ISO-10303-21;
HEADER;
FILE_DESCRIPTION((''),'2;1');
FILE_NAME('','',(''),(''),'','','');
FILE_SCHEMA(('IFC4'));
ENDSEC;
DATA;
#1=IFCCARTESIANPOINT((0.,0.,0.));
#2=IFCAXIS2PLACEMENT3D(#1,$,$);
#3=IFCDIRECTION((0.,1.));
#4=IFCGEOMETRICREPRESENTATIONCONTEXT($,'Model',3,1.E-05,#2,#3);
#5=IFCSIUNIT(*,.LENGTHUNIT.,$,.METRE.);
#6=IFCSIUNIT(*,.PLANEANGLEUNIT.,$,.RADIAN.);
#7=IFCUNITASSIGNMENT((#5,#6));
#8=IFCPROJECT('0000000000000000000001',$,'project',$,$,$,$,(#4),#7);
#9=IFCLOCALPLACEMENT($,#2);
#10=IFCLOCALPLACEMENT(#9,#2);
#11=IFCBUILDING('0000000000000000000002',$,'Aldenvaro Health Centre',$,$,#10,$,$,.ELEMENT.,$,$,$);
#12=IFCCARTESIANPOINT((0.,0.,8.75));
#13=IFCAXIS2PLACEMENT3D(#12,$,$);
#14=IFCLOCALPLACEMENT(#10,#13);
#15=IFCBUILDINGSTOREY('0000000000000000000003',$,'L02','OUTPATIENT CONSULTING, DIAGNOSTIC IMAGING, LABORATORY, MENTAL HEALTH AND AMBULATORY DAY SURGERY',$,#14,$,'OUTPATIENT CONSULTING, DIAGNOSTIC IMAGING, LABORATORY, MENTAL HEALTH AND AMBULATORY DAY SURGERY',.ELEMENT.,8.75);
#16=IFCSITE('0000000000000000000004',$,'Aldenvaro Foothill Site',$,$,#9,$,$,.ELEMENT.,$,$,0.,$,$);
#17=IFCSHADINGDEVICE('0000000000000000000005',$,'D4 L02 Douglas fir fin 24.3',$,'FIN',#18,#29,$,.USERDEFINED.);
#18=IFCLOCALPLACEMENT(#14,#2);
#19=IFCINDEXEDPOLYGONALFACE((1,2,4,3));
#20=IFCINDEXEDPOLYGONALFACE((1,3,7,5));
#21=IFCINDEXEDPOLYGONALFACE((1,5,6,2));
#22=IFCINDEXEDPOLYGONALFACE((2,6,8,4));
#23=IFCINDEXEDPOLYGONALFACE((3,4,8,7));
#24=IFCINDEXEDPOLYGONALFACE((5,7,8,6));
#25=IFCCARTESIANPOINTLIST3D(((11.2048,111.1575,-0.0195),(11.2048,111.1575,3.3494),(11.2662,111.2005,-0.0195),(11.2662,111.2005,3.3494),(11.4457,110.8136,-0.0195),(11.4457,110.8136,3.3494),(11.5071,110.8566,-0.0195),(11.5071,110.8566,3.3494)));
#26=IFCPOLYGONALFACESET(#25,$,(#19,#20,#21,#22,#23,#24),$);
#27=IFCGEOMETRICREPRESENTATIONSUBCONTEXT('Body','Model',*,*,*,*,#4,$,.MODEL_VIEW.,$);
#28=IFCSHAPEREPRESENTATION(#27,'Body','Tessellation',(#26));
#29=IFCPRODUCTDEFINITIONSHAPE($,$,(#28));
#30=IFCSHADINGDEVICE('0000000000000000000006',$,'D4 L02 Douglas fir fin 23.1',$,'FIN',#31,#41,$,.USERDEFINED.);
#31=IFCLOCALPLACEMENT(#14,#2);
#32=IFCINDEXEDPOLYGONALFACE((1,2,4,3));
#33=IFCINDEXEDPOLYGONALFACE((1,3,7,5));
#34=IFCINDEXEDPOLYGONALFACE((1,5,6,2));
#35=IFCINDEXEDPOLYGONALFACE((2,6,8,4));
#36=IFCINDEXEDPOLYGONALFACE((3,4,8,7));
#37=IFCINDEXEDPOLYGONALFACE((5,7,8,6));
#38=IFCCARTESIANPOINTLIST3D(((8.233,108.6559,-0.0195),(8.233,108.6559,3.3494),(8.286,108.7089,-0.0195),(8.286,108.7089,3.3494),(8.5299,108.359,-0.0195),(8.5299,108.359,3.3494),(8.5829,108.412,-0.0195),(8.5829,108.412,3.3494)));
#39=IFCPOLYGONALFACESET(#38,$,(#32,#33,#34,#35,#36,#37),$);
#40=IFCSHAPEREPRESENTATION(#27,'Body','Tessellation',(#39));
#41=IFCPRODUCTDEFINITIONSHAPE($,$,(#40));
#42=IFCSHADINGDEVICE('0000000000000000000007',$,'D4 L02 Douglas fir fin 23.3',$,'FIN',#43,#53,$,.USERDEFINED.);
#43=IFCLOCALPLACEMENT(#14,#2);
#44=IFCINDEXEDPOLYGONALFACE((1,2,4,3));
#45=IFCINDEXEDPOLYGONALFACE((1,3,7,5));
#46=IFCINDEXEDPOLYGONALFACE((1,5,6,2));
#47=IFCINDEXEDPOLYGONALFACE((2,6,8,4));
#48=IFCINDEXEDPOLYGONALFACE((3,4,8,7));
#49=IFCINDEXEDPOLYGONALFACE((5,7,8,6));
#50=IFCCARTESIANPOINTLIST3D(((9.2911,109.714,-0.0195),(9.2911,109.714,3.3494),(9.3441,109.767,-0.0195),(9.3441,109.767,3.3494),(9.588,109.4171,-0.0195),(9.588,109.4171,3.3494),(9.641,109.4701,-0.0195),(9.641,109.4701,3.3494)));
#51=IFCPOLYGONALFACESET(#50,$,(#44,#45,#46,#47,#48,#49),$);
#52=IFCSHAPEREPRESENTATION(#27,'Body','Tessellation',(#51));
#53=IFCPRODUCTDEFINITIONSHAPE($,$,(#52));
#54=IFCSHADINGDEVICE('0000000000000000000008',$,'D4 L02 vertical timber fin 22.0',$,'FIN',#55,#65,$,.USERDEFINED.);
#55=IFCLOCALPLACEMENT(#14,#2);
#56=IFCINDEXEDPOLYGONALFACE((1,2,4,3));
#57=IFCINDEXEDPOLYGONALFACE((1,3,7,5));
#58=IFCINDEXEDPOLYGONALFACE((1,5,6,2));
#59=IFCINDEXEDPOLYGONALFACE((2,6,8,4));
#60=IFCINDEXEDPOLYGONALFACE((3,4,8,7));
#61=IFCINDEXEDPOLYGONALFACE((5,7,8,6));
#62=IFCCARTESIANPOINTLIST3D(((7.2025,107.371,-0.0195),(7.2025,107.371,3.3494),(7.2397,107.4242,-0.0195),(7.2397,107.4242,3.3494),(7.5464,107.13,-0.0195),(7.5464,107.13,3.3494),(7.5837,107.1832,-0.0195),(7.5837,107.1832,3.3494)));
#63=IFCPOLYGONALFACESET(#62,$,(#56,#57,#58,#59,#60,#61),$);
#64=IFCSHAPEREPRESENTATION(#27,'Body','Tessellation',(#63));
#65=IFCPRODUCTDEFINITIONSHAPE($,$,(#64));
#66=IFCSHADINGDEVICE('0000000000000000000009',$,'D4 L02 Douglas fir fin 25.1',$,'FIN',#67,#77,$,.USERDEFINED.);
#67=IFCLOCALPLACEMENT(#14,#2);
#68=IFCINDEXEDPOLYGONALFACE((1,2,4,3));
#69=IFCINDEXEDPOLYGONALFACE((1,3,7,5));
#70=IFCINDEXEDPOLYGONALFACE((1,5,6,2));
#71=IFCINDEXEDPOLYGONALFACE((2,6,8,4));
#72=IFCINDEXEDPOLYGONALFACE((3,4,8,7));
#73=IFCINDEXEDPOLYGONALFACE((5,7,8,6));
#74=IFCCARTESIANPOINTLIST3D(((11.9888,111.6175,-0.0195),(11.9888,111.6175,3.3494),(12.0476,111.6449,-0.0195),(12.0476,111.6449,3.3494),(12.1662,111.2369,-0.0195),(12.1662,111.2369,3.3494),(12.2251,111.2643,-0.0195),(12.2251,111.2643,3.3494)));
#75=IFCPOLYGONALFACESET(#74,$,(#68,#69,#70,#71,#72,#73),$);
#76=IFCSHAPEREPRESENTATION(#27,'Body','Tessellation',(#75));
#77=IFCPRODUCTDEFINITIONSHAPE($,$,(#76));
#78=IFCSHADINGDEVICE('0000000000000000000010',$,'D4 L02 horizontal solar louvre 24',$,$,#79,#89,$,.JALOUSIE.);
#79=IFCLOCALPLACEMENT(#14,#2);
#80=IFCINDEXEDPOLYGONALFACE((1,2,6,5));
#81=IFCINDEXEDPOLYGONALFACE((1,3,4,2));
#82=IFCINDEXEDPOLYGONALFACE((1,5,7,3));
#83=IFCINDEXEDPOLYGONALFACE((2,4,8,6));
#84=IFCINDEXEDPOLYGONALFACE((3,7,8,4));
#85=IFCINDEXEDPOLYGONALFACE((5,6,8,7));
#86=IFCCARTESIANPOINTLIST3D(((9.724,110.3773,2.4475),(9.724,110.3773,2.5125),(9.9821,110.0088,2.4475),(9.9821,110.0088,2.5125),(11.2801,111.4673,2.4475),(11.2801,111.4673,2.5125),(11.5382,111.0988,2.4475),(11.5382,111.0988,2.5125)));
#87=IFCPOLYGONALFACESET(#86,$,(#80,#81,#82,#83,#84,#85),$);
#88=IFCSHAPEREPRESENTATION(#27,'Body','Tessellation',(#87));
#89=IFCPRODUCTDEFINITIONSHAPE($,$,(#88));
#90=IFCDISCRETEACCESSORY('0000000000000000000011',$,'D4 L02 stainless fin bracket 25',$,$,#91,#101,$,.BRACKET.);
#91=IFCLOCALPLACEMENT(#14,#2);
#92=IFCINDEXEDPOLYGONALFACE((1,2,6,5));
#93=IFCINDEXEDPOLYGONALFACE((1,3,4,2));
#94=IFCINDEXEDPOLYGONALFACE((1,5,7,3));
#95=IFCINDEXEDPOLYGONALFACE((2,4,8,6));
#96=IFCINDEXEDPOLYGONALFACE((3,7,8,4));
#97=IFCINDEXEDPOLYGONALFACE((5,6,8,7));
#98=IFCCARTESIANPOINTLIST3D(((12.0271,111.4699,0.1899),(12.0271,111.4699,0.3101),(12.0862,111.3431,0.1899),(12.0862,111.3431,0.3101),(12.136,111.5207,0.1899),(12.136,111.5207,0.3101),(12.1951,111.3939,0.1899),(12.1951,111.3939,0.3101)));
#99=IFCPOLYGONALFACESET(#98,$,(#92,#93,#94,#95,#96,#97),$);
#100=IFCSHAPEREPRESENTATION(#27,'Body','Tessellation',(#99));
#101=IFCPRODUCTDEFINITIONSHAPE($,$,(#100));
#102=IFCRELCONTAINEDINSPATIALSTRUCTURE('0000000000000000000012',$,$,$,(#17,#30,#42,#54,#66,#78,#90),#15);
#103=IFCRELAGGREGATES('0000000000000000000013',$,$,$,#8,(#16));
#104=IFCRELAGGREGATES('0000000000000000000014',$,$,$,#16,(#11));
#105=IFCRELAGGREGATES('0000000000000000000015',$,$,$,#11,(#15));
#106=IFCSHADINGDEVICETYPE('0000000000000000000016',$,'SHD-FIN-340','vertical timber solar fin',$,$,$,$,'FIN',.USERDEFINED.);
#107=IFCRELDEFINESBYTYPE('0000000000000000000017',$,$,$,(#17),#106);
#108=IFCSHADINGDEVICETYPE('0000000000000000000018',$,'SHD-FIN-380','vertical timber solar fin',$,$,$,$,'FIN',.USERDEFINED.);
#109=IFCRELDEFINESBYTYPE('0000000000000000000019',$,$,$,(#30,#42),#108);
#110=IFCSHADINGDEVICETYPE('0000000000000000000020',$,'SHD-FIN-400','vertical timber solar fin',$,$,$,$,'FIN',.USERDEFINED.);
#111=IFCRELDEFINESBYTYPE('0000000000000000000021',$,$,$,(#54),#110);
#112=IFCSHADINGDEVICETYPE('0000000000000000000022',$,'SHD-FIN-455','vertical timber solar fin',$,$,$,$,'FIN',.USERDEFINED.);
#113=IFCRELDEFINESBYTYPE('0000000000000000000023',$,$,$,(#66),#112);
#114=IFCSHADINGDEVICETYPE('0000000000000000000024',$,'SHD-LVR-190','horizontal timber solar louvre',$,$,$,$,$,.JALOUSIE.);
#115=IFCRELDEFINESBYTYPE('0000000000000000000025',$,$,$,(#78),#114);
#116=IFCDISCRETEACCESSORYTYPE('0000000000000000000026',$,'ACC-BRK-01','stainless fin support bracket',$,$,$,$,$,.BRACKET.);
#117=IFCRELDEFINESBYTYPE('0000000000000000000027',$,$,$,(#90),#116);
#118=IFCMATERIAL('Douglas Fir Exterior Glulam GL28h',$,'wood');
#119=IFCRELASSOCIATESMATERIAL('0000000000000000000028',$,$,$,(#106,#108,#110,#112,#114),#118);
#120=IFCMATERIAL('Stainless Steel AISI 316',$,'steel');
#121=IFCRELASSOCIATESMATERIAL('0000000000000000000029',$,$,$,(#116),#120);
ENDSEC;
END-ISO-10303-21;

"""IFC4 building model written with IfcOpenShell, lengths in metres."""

from ifc_helpers import new_model, si_unit, direction, frame, origin, origin_2d, place, context, subcontext, project, spatial, rectangle, extrude, material, type_object, element, save


model = new_model("IFC4")

# Units and contexts
model_context = context("Model", 3, precision=1e-05, world=origin(), true_north=direction((0.0, 1.0)))
body_context = subcontext(model_context, "Body", "Model", "MODEL_VIEW")
ifc_project = project(units=[si_unit("LENGTHUNIT", "METRE"), si_unit("PLANEANGLEUNIT", "RADIAN")], contexts=[model_context])

# Site, building, storey
site_placement = place(None, origin())
site = spatial("IfcSite", under=ifc_project, at=site_placement, Name="Aldenvaro Foothill Site", CompositionType="ELEMENT", RefElevation=0.0)
building_placement = place(site_placement, origin())
building = spatial("IfcBuilding", under=site, at=building_placement, Name="Aldenvaro Health Centre", CompositionType="ELEMENT")
storey_placement = place(building_placement, frame((0.0, 0.0, 8.75)))
storey = spatial("IfcBuildingStorey", under=building, at=storey_placement, Name="L02", Description="OUTPATIENT CONSULTING, DIAGNOSTIC IMAGING, LABORATORY, MENTAL HEALTH AND AMBULATORY DAY SURGERY", LongName="OUTPATIENT CONSULTING, DIAGNOSTIC IMAGING, LABORATORY, MENTAL HEALTH AND AMBULATORY DAY SURGERY", CompositionType="ELEMENT", Elevation=8.75)

# Shading devices
ifc_material_1 = material(Name="Douglas Fir Exterior Glulam GL28h", Category="wood")
shading_device_type_1 = type_object("IfcShadingDeviceType", Name="SHD-FIN-340", Description="vertical timber solar fin", ElementType="FIN", PredefinedType="USERDEFINED", material=ifc_material_1)
for number, where, z_axis, x_axis, name in (
    (1, (11.356, 111.0071, -0.0195), (0.0, 0.0, 1.0), (0.819051, 0.573721, 0.0), "D4 L02 Douglas fir fin 24.3"),
):
    element("IfcShadingDevice", number, at=place(storey_placement, frame(where, z_axis=z_axis, x_axis=x_axis)), inside=storey, type_object=shading_device_type_1, Name=name, ObjectType="FIN", PredefinedType="USERDEFINED", context=body_context, shape_type="SweptSolid", body=[
        extrude(rectangle(XDim=0.075, YDim=0.4199, at=origin_2d()), origin(), (0.0, 0.0, 1.0), 3.3689),
    ])
shading_device_type_2 = type_object("IfcShadingDeviceType", Name="SHD-FIN-380", Description="vertical timber solar fin", ElementType="FIN", PredefinedType="USERDEFINED", material=ifc_material_1)
for number, where, z_axis, x_axis, name in (
    (2, (8.408, 108.5339, -0.0195), (0.0, 0.0, 1.0), (0.707107, 0.707107, 0.0), "D4 L02 Douglas fir fin 23.1"),
    (3, (9.4661, 109.592, -0.0195), (0.0, 0.0, 1.0), (0.707107, 0.707107, 0.0), "D4 L02 Douglas fir fin 23.3"),
):
    element("IfcShadingDevice", number, at=place(storey_placement, frame(where, z_axis=z_axis, x_axis=x_axis)), inside=storey, type_object=shading_device_type_2, Name=name, ObjectType="FIN", PredefinedType="USERDEFINED", context=body_context, shape_type="SweptSolid", body=[
        extrude(rectangle(XDim=0.075, YDim=0.4199, at=origin_2d()), origin(), (0.0, 0.0, 1.0), 3.3689),
    ])
shading_device_type_3 = type_object("IfcShadingDeviceType", Name="SHD-FIN-400", Description="vertical timber solar fin", ElementType="FIN", PredefinedType="USERDEFINED", material=ifc_material_1)
shading_device_1_placement = place(storey_placement, frame((7.3931, 107.2771, -0.0195), z_axis=(0.0, 0.0, 1.0), x_axis=(0.573721, 0.819051, 0.0)))
element("IfcShadingDevice", 4, at=shading_device_1_placement, inside=storey, type_object=shading_device_type_3, Name="D4 L02 vertical timber fin 22.0", ObjectType="FIN", PredefinedType="USERDEFINED", context=body_context, shape_type="SweptSolid", body=[
    extrude(rectangle(XDim=0.0649, YDim=0.4199, at=origin_2d()), origin(), (0.0, 0.0, 1.0), 3.3689),
])
shading_device_type_4 = type_object("IfcShadingDeviceType", Name="SHD-FIN-455", Description="vertical timber solar fin", ElementType="FIN", PredefinedType="USERDEFINED", material=ifc_material_1)
shading_device_2_placement = place(storey_placement, frame((12.1069, 111.4409, -0.0195), z_axis=(0.0, 0.0, 1.0), x_axis=(0.906336, 0.422557, 0.0)))
element("IfcShadingDevice", 5, at=shading_device_2_placement, inside=storey, type_object=shading_device_type_4, Name="D4 L02 Douglas fir fin 25.1", ObjectType="FIN", PredefinedType="USERDEFINED", context=body_context, shape_type="SweptSolid", body=[
    extrude(rectangle(XDim=0.0649, YDim=0.4199, at=origin_2d()), origin(), (0.0, 0.0, 1.0), 3.3689),
])
shading_device_type_5 = type_object("IfcShadingDeviceType", Name="SHD-LVR-190", Description="horizontal timber solar louvre", PredefinedType="JALOUSIE", material=ifc_material_1)
shading_device_3_placement = place(storey_placement, frame((10.6311, 110.738, 2.4475), z_axis=(0.0, 0.0, 1.0), x_axis=(0.819051, 0.573721, 0.0)))
element("IfcShadingDevice", 6, at=shading_device_3_placement, inside=storey, type_object=shading_device_type_5, Name="D4 L02 horizontal solar louvre 24", PredefinedType="JALOUSIE", context=body_context, shape_type="SweptSolid", body=[
    extrude(rectangle(XDim=1.8999, YDim=0.45, at=origin_2d()), origin(), (0.0, 0.0, 1.0), 0.0649),
])

# Discrete accessory
ifc_material_2 = material(Name="Stainless Steel AISI 316", Category="steel")
discrete_accessory_type = type_object("IfcDiscreteAccessoryType", Name="ACC-BRK-01", Description="stainless fin support bracket", PredefinedType="BRACKET", material=ifc_material_2)
discrete_accessory_placement = place(storey_placement, frame((12.1111, 111.4319, 0.1899), z_axis=(0.0, 0.0, 1.0), x_axis=(0.906336, 0.422557, 0.0)))
element("IfcDiscreteAccessory", 7, at=discrete_accessory_placement, inside=storey, type_object=discrete_accessory_type, Name="D4 L02 stainless fin bracket 25", PredefinedType="BRACKET", context=body_context, shape_type="SweptSolid", body=[
    extrude(rectangle(XDim=0.1201, YDim=0.1399, at=origin_2d()), origin(), (0.0, 0.0, 1.0), 0.1201),
])

save(model, "model.ifc")
